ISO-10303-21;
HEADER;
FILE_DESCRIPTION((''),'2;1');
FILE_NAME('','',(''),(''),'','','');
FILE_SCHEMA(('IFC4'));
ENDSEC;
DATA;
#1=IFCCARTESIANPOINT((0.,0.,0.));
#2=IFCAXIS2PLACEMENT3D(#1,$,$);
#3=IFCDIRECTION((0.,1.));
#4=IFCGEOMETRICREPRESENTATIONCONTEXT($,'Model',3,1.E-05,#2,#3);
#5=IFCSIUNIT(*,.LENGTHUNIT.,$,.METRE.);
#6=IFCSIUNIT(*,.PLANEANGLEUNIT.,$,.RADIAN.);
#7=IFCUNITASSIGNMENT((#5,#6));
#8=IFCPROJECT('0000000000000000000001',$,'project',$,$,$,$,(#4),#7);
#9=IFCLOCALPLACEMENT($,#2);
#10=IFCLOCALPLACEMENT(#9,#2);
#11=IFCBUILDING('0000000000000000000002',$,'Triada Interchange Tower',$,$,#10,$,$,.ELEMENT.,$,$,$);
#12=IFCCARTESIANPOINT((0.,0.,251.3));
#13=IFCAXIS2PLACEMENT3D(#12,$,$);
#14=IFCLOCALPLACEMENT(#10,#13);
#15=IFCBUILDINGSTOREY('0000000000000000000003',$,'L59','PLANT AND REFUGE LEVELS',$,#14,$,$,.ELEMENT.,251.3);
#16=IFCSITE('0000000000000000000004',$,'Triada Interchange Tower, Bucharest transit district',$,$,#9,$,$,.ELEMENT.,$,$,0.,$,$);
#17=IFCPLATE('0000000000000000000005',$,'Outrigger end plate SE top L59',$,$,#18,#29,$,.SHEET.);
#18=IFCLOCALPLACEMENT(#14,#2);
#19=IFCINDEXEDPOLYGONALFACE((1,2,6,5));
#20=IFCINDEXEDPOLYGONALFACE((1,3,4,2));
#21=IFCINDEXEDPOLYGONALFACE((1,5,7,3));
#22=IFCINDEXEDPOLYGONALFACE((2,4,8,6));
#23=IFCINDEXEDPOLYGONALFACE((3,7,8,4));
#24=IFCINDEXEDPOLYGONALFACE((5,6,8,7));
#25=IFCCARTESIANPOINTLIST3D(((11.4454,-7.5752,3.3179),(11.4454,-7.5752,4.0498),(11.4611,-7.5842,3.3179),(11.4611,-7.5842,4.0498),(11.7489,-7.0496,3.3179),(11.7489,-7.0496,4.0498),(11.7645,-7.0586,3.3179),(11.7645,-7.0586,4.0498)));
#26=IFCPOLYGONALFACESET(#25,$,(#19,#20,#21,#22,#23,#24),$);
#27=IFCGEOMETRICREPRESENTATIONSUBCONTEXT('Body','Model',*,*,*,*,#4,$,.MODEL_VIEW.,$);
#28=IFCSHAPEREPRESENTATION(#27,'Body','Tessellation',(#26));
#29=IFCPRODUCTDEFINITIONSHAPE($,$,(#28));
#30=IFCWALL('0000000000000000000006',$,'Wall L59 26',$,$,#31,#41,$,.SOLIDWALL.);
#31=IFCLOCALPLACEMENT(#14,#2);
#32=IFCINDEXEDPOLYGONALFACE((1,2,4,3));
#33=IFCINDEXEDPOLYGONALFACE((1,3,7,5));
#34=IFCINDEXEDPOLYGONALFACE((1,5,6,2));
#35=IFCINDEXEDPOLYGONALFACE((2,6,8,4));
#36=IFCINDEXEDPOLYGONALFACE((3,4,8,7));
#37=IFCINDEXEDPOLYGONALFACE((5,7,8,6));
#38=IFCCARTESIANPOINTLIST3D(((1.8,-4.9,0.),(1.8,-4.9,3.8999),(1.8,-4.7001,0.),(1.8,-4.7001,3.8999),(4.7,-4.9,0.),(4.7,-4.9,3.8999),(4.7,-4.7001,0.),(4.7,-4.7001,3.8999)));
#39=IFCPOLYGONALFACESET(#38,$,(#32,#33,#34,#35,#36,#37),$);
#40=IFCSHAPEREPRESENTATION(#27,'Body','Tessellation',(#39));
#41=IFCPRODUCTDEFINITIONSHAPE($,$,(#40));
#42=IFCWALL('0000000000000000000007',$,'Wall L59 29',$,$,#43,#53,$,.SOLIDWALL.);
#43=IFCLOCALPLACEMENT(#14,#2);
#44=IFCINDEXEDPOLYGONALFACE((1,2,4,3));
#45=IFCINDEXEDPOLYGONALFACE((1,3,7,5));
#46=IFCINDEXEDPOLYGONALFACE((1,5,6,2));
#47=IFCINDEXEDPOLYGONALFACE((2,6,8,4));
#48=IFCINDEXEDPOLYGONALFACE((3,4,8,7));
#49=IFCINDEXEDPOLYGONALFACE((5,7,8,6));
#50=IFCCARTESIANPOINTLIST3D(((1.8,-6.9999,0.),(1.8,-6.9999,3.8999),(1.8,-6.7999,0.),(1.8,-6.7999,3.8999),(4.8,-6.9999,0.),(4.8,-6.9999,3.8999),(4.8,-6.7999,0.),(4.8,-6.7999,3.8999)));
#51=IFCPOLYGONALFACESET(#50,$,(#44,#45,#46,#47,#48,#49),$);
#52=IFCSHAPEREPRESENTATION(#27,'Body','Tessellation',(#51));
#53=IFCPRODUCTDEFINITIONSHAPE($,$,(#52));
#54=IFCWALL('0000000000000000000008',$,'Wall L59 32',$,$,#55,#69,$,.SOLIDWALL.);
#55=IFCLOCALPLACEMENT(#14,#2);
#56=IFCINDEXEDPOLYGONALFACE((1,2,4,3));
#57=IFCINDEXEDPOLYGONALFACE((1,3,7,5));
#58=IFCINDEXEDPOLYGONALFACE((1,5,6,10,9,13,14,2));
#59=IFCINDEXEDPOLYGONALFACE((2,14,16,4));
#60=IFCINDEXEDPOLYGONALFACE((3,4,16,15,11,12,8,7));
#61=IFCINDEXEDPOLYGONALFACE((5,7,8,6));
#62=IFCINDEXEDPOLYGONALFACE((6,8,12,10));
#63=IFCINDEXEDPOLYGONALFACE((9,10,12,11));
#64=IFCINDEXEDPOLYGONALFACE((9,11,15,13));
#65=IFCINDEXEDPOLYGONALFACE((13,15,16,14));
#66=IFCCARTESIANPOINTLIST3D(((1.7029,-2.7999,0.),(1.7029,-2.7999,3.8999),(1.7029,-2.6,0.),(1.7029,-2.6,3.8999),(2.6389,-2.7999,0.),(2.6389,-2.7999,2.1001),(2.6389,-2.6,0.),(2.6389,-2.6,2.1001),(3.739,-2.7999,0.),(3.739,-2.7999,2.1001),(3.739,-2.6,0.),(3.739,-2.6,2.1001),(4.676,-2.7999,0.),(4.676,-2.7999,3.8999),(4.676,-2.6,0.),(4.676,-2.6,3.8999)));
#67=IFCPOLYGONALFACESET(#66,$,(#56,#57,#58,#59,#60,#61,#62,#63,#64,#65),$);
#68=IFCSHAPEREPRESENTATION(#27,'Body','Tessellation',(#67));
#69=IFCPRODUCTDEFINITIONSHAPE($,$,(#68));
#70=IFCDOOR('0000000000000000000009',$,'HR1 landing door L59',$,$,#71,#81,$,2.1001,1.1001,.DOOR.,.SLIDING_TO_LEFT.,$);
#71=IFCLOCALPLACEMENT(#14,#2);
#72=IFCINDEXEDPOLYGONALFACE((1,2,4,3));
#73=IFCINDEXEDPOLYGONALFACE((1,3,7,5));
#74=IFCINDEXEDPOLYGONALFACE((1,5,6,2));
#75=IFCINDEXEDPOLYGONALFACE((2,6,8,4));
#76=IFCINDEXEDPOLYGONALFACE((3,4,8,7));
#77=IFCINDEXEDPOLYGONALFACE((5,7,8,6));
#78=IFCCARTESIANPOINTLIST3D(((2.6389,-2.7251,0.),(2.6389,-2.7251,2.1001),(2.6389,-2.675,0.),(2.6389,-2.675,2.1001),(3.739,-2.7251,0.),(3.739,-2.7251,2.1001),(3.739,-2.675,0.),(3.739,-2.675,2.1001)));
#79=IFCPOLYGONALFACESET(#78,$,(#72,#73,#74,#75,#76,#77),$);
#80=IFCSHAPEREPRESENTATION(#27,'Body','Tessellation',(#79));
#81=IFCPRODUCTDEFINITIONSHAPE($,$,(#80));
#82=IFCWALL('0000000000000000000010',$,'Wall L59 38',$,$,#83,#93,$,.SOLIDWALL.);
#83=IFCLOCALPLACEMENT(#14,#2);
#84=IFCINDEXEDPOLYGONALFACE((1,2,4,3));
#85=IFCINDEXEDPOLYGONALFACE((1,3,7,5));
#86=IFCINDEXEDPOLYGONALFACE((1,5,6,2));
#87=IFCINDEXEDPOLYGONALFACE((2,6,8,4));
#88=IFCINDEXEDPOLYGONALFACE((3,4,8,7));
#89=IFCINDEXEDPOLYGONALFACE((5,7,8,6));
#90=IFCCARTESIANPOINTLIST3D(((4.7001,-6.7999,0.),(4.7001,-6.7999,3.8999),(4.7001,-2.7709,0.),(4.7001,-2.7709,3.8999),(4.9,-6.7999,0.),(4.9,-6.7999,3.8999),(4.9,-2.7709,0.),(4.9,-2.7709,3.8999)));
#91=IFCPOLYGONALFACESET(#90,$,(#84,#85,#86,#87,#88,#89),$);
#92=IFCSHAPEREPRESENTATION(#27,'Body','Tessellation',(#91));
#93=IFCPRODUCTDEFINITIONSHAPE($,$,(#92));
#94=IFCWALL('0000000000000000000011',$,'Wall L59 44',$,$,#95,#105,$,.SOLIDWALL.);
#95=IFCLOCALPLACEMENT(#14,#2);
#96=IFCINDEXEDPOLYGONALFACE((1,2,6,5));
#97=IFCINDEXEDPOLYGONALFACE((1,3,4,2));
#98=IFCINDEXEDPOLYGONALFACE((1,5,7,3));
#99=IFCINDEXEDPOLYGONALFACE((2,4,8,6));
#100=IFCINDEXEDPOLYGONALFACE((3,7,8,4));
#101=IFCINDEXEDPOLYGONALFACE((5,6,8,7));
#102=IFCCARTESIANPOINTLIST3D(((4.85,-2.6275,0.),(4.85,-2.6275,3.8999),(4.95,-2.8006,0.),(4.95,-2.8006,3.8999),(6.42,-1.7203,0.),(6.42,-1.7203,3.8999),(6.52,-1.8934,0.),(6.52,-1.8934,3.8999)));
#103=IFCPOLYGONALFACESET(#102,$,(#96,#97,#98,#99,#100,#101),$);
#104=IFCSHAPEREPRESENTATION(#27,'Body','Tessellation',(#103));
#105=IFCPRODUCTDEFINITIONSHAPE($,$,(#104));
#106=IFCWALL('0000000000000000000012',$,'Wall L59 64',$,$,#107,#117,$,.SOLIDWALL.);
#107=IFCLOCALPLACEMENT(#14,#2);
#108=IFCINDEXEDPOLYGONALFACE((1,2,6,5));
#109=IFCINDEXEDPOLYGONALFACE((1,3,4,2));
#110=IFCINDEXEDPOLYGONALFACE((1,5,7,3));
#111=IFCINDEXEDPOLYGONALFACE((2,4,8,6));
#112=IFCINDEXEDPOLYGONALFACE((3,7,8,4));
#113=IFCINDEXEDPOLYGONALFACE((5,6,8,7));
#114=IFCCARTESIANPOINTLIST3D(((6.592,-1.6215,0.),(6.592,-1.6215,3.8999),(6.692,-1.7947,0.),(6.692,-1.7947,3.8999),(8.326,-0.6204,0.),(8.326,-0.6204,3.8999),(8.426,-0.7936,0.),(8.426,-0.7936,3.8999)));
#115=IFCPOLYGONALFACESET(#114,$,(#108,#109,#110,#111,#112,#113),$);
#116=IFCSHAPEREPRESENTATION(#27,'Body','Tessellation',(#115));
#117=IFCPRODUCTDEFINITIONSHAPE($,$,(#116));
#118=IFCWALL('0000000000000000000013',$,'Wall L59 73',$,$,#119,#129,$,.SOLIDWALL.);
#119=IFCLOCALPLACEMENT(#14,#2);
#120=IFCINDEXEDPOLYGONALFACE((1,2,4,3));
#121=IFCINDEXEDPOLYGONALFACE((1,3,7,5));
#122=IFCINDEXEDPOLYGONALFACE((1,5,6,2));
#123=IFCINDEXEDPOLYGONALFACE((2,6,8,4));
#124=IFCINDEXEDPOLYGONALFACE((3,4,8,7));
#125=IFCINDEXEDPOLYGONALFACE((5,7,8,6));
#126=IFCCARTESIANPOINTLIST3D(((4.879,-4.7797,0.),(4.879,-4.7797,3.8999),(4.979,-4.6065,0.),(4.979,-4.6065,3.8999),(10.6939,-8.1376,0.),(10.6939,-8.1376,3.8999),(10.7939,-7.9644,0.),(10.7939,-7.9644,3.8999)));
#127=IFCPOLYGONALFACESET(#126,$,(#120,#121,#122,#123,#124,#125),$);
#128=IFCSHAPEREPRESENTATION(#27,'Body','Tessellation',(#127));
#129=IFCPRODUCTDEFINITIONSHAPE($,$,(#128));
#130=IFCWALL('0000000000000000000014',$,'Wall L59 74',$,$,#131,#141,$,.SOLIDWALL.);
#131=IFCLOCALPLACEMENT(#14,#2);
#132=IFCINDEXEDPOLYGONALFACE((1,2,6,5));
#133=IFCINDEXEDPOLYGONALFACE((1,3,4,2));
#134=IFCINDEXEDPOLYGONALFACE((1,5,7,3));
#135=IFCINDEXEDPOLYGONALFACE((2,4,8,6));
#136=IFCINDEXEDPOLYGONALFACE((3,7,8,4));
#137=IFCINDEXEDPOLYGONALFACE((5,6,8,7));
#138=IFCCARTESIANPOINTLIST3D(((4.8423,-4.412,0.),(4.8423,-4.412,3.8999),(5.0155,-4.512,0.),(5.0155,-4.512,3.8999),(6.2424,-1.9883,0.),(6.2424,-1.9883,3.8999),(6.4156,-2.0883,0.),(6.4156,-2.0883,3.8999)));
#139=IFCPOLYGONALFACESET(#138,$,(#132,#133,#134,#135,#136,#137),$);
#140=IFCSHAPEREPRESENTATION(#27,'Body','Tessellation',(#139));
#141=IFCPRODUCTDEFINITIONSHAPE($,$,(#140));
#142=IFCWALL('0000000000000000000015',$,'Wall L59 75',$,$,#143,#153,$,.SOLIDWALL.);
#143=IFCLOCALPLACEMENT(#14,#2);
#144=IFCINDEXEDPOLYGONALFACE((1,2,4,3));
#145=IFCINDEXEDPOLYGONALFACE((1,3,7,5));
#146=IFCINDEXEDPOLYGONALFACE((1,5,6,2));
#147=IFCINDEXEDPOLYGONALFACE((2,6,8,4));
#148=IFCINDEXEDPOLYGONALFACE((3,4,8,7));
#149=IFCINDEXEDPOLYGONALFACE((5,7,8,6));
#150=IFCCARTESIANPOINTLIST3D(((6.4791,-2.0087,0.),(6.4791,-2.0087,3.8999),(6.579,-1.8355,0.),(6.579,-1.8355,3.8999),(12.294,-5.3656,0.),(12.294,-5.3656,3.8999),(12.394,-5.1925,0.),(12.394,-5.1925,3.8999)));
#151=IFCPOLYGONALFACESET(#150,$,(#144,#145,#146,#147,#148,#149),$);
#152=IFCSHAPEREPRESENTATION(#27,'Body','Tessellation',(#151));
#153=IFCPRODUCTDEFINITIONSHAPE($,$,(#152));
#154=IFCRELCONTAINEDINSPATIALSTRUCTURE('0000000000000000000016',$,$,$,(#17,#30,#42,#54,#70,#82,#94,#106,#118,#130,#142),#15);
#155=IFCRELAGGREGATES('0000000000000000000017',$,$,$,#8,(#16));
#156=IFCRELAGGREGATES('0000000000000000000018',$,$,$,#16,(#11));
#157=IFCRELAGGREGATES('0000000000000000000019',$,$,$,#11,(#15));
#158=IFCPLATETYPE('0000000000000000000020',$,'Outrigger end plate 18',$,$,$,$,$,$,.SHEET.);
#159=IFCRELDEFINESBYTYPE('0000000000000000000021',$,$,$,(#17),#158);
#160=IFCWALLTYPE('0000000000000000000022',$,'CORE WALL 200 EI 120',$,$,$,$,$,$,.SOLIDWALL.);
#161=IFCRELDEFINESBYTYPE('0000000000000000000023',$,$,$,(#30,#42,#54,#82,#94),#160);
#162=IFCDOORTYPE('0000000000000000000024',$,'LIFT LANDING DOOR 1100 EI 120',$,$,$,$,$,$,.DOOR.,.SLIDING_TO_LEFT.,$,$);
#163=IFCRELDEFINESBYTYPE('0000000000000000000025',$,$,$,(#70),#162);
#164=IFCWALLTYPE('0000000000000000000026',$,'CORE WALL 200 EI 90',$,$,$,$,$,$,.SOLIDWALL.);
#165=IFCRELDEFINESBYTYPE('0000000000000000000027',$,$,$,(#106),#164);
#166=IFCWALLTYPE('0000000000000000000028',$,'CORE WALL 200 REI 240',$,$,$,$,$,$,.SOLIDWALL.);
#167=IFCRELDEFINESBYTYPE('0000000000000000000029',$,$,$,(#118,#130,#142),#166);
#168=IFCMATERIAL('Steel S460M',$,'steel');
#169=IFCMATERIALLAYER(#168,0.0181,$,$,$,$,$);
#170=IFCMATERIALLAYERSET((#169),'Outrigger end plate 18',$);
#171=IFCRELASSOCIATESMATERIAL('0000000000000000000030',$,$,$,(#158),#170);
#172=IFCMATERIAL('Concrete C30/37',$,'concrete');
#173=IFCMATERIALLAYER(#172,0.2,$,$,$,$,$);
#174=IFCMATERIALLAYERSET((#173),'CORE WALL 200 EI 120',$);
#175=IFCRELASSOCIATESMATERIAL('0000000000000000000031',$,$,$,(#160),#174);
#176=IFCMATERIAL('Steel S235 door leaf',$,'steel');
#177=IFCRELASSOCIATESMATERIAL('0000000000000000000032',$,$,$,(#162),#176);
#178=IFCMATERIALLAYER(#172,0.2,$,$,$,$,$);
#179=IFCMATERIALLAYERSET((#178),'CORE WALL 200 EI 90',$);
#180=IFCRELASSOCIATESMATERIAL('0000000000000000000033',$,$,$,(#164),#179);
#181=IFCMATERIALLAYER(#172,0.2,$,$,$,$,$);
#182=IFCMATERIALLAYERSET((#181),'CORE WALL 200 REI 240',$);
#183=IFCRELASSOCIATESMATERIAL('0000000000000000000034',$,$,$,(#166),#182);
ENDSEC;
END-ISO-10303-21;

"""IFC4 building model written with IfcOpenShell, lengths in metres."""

from ifc_helpers import new_model, si_unit, direction, frame, frame_2d, origin, origin_2d, place, context, subcontext, project, spatial, rectangle, extrude, material, layer, layer_set, type_object, element, fill, save


model = new_model("IFC4")

# Units and contexts
model_context = context("Model", 3, precision=1e-05, world=origin(), true_north=direction((0.0, 1.0)))
body_context = subcontext(model_context, "Body", "Model", "MODEL_VIEW")
ifc_project = project(units=[si_unit("LENGTHUNIT", "METRE"), si_unit("PLANEANGLEUNIT", "RADIAN")], contexts=[model_context])

# Site, building, storey
site_placement = place(None, origin())
site = spatial("IfcSite", under=ifc_project, at=site_placement, Name="Triada Interchange Tower, Bucharest transit district", CompositionType="ELEMENT", RefElevation=0.0)
building_placement = place(site_placement, origin())
building = spatial("IfcBuilding", under=site, at=building_placement, Name="Triada Interchange Tower", CompositionType="ELEMENT")
storey_placement = place(building_placement, frame((0.0, 0.0, 251.3)))
storey = spatial("IfcBuildingStorey", under=building, at=storey_placement, Name="L59", Description="PLANT AND REFUGE LEVELS", CompositionType="ELEMENT", Elevation=251.3)

# Shared definitions
ifc_material_1 = material(Name="Steel S460M", Category="steel")

# Plate
ifc_layer_1 = layer(ifc_material_1, 0.0181)
ifc_layer_set_1 = layer_set([ifc_layer_1], Name="Outrigger end plate 18")
plate_type = type_object("IfcPlateType", Name="Outrigger end plate 18", PredefinedType="SHEET", material=ifc_layer_set_1)
for number, where, z_axis, x_axis, name in (
    (1, (11.605, -7.3169, 3.3179), (0.0, 0.0, 1.0), (0.866025, -0.5, 0.0), "Outrigger end plate SE top L59"),
):
    element("IfcPlate", number, at=place(storey_placement, frame(where, z_axis=z_axis, x_axis=x_axis)), inside=storey, type_object=plate_type, Name=name, PredefinedType="SHEET", context=body_context, shape_type="SweptSolid", body=[
        extrude(rectangle(XDim=0.0181, YDim=0.6069, at=origin_2d()), origin(), (0.0, 0.0, 1.0), 0.7319),
    ])

# Walls
ifc_material_2 = material(Name="Concrete C30/37", Category="concrete")
ifc_layer_2 = layer(ifc_material_2, 0.2)
ifc_layer_set_2 = layer_set([ifc_layer_2], Name="CORE WALL 200 EI 120")
wall_type_1 = type_object("IfcWallType", Name="CORE WALL 200 EI 120", PredefinedType="SOLIDWALL", material=ifc_layer_set_2)
wall_1_placement = place(storey_placement, frame((1.8, -4.8, 0.0), z_axis=(0.0, 0.0, 1.0), x_axis=(1.0, 0.0, 0.0)))
element("IfcWall", 2, at=wall_1_placement, inside=storey, type_object=wall_type_1, Name="Wall L59 26", PredefinedType="SOLIDWALL", context=body_context, shape_type="SweptSolid", body=[
    extrude(rectangle(XDim=2.8999, YDim=0.2, at=frame_2d((1.45, 0.0))), origin(), (0.0, 0.0, 1.0), 3.8999),
])
wall_2_placement = place(storey_placement, frame((1.8, -6.8999, 0.0), z_axis=(0.0, 0.0, 1.0), x_axis=(1.0, 0.0, 0.0)))
element("IfcWall", 3, at=wall_2_placement, inside=storey, type_object=wall_type_1, Name="Wall L59 29", PredefinedType="SOLIDWALL", context=body_context, shape_type="SweptSolid", body=[
    extrude(rectangle(XDim=3.0, YDim=0.2, at=frame_2d((1.5, 0.0))), origin(), (0.0, 0.0, 1.0), 3.8999),
])

# Wall, opening, door
wall_3_placement = place(storey_placement, frame((1.7029, -2.7, 0.0), z_axis=(0.0, 0.0, 1.0), x_axis=(1.0, 0.0, 0.0)))
wall_3 = element("IfcWall", 4, at=wall_3_placement, inside=storey, type_object=wall_type_1, Name="Wall L59 32", PredefinedType="SOLIDWALL", context=body_context, shape_type="SweptSolid", body=[
    extrude(rectangle(XDim=2.9731, YDim=0.2, at=frame_2d((1.4866, 0.0))), origin(), (0.0, 0.0, 1.0), 3.8999),
])
opening_1_placement = place(wall_3_placement, frame((0.936, 0.0, 0.0)))
opening_1 = element("IfcOpeningElement", 5, at=opening_1_placement, cuts=wall_3, PredefinedType="OPENING", context=body_context, shape_type="SweptSolid", body=[
    extrude(rectangle(XDim=1.1001, YDim=2.1001, at=frame_2d((0.55, 1.05))), frame((0.0, 0.1099, 0.0), z_axis=(0.0, -1.0, 0.0), x_axis=(1.0, 0.0, 0.0)), (0.0, 0.0, 1.0), 0.22),
])
ifc_material_3 = material(Name="Steel S235 door leaf", Category="steel")
door_type_1 = type_object("IfcDoorType", Name="LIFT LANDING DOOR 1100 EI 120", OperationType="SLIDING_TO_LEFT", PredefinedType="DOOR", material=ifc_material_3)
door_1_placement = place(opening_1_placement, origin())
door_1 = element("IfcDoor", 6, at=door_1_placement, inside=storey, type_object=door_type_1, Name="HR1 landing door L59", OperationType="SLIDING_TO_LEFT", OverallHeight=2.1001, OverallWidth=1.1001, PredefinedType="DOOR", context=body_context, shape_type="SweptSolid", body=[
    extrude(rectangle(XDim=1.1001, YDim=2.1001, at=frame_2d((0.55, 1.05))), frame((0.0, 0.0249, 0.0), z_axis=(0.0, -1.0, 0.0), x_axis=(1.0, 0.0, 0.0)), (0.0, 0.0, 1.0), 0.05),
])
fill(opening_1, door_1)

# Walls
wall_4_placement = place(storey_placement, frame((4.8, -6.8, 0.0), z_axis=(0.0, 0.0, 1.0), x_axis=(0.0, 1.0, 0.0)))
element("IfcWall", 7, at=wall_4_placement, inside=storey, type_object=wall_type_1, Name="Wall L59 38", PredefinedType="SOLIDWALL", context=body_context, shape_type="SweptSolid", body=[
    extrude(rectangle(XDim=4.0291, YDim=0.2, at=frame_2d((2.0146, 0.0))), origin(), (0.0, 0.0, 1.0), 3.8999),
])
wall_5_placement = place(storey_placement, frame((4.8999, -2.7141, 0.0), z_axis=(0.0, 0.0, 1.0), x_axis=(0.865847, 0.500309, 0.0)))
element("IfcWall", 8, at=wall_5_placement, inside=storey, type_object=wall_type_1, Name="Wall L59 44", PredefinedType="SOLIDWALL", context=body_context, shape_type="SweptSolid", body=[
    extrude(rectangle(XDim=1.8132, YDim=0.2, at=frame_2d((0.9067, 0.0))), origin(), (0.0, 0.0, 1.0), 3.8999),
])
ifc_layer_3 = layer(ifc_material_2, 0.2)
ifc_layer_set_3 = layer_set([ifc_layer_3], Name="CORE WALL 200 EI 90")
wall_type_2 = type_object("IfcWallType", Name="CORE WALL 200 EI 90", PredefinedType="SOLIDWALL", material=ifc_layer_set_3)
wall_6_placement = place(storey_placement, frame((6.6421, -1.708, 0.0), z_axis=(0.0, 0.0, 1.0), x_axis=(0.866043, 0.499969, 0.0)))
element("IfcWall", 9, at=wall_6_placement, inside=storey, type_object=wall_type_2, Name="Wall L59 64", PredefinedType="SOLIDWALL", context=body_context, shape_type="SweptSolid", body=[
    extrude(rectangle(XDim=2.0022, YDim=0.2, at=frame_2d((1.001, 0.0))), origin(), (0.0, 0.0, 1.0), 3.8999),
])
ifc_layer_4 = layer(ifc_material_2, 0.2)
ifc_layer_set_4 = layer_set([ifc_layer_4], Name="CORE WALL 200 REI 240")
wall_type_3 = type_object("IfcWallType", Name="CORE WALL 200 REI 240", PredefinedType="SOLIDWALL", material=ifc_layer_set_4)
wall_7_placement = place(storey_placement, frame((4.929, -4.6931, 0.0), z_axis=(0.0, 0.0, 1.0), x_axis=(0.865983, -0.500073, 0.0)))
element("IfcWall", 10, at=wall_7_placement, inside=storey, type_object=wall_type_3, Name="Wall L59 73", PredefinedType="SOLIDWALL", context=body_context, shape_type="SweptSolid", body=[
    extrude(rectangle(XDim=6.7148, YDim=0.2, at=frame_2d((3.3574, 0.0))), origin(), (0.0, 0.0, 1.0), 3.8999),
])
wall_8_placement = place(storey_placement, frame((4.929, -4.4619, 0.0), z_axis=(0.0, 0.0, 1.0), x_axis=(0.500201, 0.86591, 0.0)))
element("IfcWall", 11, at=wall_8_placement, inside=storey, type_object=wall_type_3, Name="Wall L59 74", PredefinedType="SOLIDWALL", context=body_context, shape_type="SweptSolid", body=[
    extrude(rectangle(XDim=2.7991, YDim=0.2, at=frame_2d((1.3994, 0.0))), origin(), (0.0, 0.0, 1.0), 3.8999),
])
wall_9_placement = place(storey_placement, frame((6.5291, -1.9221, 0.0), z_axis=(0.0, 0.0, 1.0), x_axis=(0.866046, -0.499964, 0.0)))
element("IfcWall", 12, at=wall_9_placement, inside=storey, type_object=wall_type_3, Name="Wall L59 75", PredefinedType="SOLIDWALL", context=body_context, shape_type="SweptSolid", body=[
    extrude(rectangle(XDim=6.7144, YDim=0.2, at=frame_2d((3.3572, 0.0))), origin(), (0.0, 0.0, 1.0), 3.8999),
])

save(model, "model.ifc")
